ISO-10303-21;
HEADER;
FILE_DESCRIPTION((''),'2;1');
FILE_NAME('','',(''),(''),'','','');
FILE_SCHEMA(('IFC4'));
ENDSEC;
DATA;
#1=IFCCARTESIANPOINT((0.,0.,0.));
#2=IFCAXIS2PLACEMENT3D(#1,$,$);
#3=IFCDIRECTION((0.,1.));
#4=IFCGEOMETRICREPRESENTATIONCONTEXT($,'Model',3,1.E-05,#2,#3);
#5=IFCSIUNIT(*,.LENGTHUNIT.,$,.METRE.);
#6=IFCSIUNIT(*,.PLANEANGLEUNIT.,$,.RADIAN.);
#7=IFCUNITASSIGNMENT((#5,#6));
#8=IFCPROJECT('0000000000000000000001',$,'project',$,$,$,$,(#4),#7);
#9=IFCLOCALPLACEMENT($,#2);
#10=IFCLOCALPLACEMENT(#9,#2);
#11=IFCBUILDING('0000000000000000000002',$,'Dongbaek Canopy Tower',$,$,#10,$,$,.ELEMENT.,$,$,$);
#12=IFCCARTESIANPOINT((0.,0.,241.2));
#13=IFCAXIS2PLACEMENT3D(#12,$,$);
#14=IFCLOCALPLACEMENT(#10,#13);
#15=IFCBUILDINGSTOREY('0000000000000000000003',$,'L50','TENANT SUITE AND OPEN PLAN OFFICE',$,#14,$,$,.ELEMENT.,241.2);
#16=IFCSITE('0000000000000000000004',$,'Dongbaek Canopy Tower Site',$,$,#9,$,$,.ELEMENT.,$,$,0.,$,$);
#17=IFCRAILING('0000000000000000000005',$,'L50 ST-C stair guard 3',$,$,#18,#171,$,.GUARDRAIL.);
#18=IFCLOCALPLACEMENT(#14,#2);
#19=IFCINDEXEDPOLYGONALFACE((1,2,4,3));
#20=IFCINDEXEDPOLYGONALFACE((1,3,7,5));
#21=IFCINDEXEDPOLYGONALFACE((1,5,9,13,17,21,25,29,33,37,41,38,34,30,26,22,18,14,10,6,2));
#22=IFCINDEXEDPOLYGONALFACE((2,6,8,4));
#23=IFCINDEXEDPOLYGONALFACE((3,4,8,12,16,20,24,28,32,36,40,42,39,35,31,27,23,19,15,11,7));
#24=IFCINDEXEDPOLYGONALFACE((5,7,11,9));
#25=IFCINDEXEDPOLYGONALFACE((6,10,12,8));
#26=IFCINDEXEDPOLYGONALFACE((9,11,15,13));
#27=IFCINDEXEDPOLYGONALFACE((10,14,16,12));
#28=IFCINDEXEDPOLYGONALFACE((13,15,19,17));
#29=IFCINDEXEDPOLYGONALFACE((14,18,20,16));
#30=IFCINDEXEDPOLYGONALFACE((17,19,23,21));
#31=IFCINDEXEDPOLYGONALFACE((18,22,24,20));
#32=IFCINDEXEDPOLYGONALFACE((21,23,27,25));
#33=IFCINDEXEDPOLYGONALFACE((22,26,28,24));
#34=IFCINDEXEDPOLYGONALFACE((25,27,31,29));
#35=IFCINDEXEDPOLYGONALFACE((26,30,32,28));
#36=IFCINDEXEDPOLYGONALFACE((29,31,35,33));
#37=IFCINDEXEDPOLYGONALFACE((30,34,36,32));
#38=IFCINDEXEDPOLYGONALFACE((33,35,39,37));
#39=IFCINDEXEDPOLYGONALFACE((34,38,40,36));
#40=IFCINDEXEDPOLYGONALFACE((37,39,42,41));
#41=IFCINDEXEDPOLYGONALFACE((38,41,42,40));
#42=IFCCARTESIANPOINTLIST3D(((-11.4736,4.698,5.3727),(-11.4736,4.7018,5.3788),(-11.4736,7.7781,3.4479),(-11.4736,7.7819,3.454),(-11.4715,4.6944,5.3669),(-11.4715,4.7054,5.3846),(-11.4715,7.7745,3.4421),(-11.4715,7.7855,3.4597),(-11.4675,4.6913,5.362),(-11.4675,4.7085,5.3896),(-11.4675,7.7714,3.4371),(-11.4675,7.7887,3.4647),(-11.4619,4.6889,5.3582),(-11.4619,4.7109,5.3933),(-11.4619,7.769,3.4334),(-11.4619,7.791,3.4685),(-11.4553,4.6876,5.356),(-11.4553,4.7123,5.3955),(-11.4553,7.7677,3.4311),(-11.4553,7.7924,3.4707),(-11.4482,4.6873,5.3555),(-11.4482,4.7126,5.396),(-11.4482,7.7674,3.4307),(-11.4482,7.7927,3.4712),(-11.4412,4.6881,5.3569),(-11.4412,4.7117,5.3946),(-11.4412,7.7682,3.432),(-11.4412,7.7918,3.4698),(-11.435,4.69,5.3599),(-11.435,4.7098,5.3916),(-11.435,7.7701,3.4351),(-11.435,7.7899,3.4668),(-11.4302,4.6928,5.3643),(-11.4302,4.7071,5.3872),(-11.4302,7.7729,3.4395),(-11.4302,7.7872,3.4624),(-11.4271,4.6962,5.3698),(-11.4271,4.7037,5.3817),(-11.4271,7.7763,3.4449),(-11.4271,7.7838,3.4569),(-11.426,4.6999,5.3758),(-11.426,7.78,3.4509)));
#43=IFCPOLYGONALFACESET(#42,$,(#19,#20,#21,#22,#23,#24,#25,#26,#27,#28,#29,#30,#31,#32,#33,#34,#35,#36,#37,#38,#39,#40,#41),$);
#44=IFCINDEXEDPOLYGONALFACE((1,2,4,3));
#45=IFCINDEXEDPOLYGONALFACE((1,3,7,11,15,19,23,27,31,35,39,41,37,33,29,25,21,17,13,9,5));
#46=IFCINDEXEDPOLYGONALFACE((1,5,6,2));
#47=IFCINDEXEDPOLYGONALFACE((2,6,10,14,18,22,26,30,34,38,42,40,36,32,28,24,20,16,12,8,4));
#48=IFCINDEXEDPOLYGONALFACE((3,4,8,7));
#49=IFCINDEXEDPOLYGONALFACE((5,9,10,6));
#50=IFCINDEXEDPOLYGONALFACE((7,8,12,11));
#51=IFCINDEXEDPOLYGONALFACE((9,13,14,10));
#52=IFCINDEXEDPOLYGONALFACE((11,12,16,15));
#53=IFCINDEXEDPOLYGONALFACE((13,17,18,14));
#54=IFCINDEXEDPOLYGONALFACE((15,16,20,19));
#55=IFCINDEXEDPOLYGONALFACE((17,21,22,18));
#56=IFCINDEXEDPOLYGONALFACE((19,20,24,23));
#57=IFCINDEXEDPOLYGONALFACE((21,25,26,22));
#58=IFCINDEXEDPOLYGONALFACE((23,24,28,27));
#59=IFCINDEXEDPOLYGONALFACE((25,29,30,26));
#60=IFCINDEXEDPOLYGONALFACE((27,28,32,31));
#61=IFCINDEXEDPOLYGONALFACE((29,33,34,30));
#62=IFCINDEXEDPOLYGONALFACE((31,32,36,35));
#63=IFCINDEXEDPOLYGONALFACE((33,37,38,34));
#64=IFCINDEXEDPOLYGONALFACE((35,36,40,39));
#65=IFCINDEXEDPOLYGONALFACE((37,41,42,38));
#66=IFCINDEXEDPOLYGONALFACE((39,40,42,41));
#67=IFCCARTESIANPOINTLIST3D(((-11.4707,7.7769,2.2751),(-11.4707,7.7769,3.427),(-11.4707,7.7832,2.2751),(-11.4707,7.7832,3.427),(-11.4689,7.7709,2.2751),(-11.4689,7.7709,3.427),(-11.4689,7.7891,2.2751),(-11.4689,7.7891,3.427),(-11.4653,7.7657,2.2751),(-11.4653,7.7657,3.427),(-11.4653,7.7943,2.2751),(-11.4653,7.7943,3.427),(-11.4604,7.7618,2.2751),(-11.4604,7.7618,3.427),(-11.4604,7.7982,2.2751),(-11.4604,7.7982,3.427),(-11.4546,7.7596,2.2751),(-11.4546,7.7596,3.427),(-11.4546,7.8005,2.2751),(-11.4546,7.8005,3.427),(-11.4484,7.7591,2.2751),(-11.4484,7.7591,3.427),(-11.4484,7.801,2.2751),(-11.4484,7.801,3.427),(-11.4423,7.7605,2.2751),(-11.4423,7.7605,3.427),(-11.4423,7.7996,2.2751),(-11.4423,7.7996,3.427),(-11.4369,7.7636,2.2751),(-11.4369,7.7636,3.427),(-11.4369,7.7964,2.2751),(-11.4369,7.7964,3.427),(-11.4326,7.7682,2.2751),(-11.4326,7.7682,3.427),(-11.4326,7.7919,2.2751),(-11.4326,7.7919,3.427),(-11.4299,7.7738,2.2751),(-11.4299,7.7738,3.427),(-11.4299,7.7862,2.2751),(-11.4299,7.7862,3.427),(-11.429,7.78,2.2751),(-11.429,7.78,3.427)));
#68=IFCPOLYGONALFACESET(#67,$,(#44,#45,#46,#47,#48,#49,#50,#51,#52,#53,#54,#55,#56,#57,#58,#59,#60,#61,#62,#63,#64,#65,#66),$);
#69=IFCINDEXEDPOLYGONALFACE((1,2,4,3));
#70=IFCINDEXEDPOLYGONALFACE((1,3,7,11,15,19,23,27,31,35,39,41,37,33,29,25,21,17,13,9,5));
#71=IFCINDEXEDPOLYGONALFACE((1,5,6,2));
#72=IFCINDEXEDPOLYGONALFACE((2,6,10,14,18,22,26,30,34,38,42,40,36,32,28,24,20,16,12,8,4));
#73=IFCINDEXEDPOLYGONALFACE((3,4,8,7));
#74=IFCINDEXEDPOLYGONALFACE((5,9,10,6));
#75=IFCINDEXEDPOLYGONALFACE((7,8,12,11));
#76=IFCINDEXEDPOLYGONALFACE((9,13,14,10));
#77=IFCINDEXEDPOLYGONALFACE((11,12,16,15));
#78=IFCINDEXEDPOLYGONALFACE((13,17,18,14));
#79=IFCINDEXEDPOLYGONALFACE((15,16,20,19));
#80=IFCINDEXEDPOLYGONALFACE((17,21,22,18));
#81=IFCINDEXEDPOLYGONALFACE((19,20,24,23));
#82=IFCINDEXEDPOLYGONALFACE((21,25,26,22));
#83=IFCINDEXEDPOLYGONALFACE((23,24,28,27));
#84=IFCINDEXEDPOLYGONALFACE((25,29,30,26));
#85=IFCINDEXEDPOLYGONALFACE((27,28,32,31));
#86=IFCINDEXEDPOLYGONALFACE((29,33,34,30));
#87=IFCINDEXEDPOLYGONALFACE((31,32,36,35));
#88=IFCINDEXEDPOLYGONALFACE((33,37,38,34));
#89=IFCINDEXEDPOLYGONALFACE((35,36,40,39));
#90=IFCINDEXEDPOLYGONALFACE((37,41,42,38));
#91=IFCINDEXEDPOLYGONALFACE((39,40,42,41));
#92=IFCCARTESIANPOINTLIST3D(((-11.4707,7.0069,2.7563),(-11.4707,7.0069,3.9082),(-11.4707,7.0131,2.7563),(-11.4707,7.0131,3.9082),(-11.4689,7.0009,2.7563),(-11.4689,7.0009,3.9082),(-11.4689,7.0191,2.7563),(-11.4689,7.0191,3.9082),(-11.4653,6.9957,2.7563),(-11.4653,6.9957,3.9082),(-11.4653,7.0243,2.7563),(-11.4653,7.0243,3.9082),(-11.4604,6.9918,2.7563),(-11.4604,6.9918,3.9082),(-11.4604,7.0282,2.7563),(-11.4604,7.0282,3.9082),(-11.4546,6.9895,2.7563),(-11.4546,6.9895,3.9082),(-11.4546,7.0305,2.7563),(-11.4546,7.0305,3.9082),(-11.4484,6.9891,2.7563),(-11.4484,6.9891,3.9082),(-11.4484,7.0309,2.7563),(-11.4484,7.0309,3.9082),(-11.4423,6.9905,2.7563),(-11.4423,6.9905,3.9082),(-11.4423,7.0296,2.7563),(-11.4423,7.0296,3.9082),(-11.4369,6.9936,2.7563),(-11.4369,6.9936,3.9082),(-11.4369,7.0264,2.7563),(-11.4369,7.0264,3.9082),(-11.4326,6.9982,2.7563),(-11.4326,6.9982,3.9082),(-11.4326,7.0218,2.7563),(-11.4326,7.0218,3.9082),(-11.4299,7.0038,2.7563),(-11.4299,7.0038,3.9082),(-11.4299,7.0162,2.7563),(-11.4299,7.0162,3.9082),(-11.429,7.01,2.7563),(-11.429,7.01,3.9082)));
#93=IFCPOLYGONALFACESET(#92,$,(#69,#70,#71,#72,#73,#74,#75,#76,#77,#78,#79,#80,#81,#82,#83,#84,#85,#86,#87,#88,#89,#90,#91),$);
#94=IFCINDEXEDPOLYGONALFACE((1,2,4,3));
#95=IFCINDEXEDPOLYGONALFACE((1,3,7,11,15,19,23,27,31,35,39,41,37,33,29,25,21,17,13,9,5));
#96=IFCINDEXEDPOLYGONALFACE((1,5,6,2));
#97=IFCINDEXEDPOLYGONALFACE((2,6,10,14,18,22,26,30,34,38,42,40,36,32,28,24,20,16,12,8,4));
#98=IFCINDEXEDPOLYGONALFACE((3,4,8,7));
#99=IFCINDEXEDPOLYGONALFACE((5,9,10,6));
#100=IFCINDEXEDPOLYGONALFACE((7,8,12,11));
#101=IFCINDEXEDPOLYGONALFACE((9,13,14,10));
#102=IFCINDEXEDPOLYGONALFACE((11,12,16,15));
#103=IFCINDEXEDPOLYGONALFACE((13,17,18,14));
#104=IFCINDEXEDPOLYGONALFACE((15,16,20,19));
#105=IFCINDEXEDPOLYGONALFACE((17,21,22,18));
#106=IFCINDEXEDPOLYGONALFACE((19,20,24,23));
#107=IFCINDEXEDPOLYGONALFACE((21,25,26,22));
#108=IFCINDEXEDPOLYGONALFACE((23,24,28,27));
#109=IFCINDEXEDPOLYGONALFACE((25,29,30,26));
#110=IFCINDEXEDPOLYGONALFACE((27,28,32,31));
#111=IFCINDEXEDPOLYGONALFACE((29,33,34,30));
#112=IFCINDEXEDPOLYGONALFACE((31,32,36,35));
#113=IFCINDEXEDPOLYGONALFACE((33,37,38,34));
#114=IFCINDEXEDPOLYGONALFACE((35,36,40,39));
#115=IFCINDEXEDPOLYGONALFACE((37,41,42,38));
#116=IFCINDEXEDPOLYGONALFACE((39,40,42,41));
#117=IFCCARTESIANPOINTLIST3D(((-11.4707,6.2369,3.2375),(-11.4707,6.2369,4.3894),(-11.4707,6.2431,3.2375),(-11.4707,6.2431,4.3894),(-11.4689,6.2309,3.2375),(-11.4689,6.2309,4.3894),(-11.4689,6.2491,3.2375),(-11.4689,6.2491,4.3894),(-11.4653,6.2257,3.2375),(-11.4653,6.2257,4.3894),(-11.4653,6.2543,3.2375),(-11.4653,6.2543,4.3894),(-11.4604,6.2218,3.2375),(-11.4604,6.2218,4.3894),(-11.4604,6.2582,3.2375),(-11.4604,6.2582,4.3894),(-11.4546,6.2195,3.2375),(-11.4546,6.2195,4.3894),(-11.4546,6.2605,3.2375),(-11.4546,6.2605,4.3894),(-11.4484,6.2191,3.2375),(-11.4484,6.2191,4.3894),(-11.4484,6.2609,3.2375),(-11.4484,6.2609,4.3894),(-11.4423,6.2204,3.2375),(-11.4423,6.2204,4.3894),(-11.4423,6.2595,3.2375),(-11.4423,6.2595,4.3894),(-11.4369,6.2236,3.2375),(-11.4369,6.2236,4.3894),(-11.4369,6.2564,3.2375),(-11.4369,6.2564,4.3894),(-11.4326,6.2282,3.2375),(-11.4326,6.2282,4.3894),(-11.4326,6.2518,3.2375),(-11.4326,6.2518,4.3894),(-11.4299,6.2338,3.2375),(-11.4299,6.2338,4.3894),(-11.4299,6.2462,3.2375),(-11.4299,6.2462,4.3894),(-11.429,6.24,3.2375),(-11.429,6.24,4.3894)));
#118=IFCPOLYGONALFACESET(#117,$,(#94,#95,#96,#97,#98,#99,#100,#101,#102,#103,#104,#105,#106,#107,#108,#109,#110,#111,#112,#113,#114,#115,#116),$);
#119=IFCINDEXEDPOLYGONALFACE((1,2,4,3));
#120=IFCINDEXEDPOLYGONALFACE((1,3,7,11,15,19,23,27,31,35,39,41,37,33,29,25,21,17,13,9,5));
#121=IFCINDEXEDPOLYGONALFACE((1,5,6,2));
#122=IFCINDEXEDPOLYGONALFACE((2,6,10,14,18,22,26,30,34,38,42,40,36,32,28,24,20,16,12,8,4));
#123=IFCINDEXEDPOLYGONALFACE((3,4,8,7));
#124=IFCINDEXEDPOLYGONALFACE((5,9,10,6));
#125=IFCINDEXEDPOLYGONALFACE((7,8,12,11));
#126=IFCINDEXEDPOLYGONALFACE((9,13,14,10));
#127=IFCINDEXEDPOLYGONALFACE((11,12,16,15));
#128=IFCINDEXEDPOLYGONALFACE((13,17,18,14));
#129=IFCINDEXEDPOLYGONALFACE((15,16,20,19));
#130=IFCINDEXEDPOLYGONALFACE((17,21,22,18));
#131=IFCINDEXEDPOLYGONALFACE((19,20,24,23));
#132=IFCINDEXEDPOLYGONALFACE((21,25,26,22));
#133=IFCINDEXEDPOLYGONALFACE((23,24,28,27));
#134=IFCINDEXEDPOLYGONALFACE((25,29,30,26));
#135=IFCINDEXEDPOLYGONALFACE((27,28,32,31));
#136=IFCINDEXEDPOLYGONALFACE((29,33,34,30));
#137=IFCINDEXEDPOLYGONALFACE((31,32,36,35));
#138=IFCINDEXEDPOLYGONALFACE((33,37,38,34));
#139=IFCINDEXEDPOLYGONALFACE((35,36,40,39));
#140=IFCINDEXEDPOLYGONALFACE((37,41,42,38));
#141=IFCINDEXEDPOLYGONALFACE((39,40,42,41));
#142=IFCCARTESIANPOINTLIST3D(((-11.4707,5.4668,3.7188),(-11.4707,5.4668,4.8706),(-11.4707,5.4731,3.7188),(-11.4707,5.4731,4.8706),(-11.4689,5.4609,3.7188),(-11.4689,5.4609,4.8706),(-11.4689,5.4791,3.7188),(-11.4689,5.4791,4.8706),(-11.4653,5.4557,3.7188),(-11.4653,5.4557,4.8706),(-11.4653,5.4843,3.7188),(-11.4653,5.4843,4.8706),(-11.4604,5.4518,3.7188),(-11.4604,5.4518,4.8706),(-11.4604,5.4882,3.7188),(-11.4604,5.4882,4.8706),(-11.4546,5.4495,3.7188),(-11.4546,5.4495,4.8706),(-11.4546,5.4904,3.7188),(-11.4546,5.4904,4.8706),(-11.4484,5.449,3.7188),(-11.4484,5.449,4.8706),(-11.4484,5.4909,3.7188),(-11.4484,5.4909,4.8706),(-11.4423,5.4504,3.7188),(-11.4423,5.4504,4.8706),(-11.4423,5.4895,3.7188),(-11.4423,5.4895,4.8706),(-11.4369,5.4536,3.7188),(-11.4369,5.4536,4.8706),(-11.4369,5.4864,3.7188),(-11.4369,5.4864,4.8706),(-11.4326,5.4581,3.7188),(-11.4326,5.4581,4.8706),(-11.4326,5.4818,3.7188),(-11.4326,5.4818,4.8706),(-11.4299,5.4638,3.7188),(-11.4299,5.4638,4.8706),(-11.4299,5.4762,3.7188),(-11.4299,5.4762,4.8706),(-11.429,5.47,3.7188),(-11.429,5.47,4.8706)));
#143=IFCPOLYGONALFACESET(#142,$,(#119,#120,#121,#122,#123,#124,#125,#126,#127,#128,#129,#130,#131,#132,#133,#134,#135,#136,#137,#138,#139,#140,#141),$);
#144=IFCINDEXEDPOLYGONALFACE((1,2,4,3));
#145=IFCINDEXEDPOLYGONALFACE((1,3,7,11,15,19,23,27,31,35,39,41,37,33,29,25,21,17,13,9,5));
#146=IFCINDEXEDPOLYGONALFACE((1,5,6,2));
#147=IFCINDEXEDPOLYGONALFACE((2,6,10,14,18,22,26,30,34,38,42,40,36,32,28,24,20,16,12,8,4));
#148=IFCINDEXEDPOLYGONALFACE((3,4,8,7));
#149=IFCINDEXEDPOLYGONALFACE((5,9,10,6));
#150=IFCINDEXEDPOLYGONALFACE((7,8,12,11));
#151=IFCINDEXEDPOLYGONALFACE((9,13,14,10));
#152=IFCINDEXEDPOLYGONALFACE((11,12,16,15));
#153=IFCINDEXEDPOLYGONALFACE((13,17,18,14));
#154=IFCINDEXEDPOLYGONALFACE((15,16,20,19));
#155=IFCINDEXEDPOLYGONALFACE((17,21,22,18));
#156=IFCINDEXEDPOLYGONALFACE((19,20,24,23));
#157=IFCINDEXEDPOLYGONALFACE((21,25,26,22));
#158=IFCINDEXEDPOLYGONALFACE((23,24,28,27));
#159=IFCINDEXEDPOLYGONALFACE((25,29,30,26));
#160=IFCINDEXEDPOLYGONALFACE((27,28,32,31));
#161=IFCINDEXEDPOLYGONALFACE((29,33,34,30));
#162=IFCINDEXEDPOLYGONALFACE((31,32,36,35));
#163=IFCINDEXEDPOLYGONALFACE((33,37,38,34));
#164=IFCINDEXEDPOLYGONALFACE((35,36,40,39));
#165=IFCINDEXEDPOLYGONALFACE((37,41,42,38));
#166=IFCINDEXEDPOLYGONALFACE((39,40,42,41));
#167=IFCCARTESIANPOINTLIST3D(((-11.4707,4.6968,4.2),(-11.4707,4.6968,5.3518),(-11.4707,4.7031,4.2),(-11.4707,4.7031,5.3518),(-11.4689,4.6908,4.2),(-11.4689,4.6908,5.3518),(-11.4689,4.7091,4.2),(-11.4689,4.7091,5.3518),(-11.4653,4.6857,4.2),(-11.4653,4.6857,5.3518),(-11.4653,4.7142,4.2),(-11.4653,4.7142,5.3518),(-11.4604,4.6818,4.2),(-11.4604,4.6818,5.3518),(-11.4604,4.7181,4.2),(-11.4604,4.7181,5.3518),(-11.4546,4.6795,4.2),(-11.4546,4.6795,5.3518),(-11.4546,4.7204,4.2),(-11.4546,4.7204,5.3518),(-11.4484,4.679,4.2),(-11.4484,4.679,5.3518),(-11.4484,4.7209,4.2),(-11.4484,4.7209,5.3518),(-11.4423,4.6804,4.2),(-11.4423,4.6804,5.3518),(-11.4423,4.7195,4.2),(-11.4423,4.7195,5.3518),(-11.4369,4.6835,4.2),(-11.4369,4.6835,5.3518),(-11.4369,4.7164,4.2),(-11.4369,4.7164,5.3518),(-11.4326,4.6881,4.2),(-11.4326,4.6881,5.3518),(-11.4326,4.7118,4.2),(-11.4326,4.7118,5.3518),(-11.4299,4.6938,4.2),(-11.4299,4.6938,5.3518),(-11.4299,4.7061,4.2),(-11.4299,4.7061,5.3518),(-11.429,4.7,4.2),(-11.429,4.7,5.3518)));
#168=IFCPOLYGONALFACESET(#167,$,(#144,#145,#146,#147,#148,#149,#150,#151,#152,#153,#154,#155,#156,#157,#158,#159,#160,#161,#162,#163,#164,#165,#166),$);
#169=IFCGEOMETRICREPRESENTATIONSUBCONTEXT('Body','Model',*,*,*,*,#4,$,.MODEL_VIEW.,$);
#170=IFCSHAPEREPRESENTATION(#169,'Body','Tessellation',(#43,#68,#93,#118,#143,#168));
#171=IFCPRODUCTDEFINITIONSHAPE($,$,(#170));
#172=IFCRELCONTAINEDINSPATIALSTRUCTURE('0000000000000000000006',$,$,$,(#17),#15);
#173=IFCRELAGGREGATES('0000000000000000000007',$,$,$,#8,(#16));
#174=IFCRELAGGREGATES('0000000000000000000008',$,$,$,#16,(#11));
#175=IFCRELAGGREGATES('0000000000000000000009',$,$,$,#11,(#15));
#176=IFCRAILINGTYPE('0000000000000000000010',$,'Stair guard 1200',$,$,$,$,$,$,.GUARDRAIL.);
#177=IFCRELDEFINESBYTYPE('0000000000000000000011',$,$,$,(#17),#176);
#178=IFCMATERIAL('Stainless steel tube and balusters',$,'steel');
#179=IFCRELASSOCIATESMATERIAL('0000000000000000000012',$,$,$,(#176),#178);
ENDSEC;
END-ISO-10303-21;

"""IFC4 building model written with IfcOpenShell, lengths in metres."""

from ifc_helpers import new_model, si_unit, direction, frame, origin, origin_2d, place, context, subcontext, project, spatial, circle, extrude, material, type_object, element, save


model = new_model("IFC4")

# Units and contexts
model_context = context("Model", 3, precision=1e-05, world=origin(), true_north=direction((0.0, 1.0)))
body_context = subcontext(model_context, "Body", "Model", "MODEL_VIEW")
ifc_project = project(units=[si_unit("LENGTHUNIT", "METRE"), si_unit("PLANEANGLEUNIT", "RADIAN")], contexts=[model_context])

# Site, building, storey
site_placement = place(None, origin())
site = spatial("IfcSite", under=ifc_project, at=site_placement, Name="Dongbaek Canopy Tower Site", CompositionType="ELEMENT", RefElevation=0.0)
building_placement = place(site_placement, origin())
building = spatial("IfcBuilding", under=site, at=building_placement, Name="Dongbaek Canopy Tower", CompositionType="ELEMENT")
storey_placement = place(building_placement, frame((0.0, 0.0, 241.2)))
storey = spatial("IfcBuildingStorey", under=building, at=storey_placement, Name="L50", Description="TENANT SUITE AND OPEN PLAN OFFICE", CompositionType="ELEMENT", Elevation=241.2)

# Railing
ifc_material_1 = material(Name="Stainless steel tube and balusters", Category="steel")
railing_type_1 = type_object("IfcRailingType", Name="Stair guard 1200", PredefinedType="GUARDRAIL", material=ifc_material_1)
railing_1_placement = place(storey_placement, frame((-11.45, 7.78, 2.2751)))
element("IfcRailing", 1, at=railing_1_placement, inside=storey, type_object=railing_type_1, Name="L50 ST-C stair guard 3", PredefinedType="GUARDRAIL", context=body_context, shape_type="SweptSolid", body=[
    extrude(circle(Radius=0.0239, at=origin_2d()), frame((0.0, 0.0, 1.1758), z_axis=(0.0, -0.848029, 0.529951), x_axis=(1.0, 0.0, 0.0)), (0.0, 0.0, 1.0), 3.6321),
    extrude(circle(Radius=0.021, at=origin_2d()), origin(), (0.0, 0.0, 1.0), 1.1519),
    extrude(circle(Radius=0.021, at=origin_2d()), frame((0.0, -0.77, 0.4812)), (0.0, 0.0, 1.0), 1.1519),
    extrude(circle(Radius=0.021, at=origin_2d()), frame((0.0, -1.54, 0.9624)), (0.0, 0.0, 1.0), 1.1519),
    extrude(circle(Radius=0.021, at=origin_2d()), frame((0.0, -2.3101, 1.4436)), (0.0, 0.0, 1.0), 1.1519),
    extrude(circle(Radius=0.021, at=origin_2d()), frame((0.0, -3.0801, 1.9248)), (0.0, 0.0, 1.0), 1.1519),
])

save(model, "model.ifc")
